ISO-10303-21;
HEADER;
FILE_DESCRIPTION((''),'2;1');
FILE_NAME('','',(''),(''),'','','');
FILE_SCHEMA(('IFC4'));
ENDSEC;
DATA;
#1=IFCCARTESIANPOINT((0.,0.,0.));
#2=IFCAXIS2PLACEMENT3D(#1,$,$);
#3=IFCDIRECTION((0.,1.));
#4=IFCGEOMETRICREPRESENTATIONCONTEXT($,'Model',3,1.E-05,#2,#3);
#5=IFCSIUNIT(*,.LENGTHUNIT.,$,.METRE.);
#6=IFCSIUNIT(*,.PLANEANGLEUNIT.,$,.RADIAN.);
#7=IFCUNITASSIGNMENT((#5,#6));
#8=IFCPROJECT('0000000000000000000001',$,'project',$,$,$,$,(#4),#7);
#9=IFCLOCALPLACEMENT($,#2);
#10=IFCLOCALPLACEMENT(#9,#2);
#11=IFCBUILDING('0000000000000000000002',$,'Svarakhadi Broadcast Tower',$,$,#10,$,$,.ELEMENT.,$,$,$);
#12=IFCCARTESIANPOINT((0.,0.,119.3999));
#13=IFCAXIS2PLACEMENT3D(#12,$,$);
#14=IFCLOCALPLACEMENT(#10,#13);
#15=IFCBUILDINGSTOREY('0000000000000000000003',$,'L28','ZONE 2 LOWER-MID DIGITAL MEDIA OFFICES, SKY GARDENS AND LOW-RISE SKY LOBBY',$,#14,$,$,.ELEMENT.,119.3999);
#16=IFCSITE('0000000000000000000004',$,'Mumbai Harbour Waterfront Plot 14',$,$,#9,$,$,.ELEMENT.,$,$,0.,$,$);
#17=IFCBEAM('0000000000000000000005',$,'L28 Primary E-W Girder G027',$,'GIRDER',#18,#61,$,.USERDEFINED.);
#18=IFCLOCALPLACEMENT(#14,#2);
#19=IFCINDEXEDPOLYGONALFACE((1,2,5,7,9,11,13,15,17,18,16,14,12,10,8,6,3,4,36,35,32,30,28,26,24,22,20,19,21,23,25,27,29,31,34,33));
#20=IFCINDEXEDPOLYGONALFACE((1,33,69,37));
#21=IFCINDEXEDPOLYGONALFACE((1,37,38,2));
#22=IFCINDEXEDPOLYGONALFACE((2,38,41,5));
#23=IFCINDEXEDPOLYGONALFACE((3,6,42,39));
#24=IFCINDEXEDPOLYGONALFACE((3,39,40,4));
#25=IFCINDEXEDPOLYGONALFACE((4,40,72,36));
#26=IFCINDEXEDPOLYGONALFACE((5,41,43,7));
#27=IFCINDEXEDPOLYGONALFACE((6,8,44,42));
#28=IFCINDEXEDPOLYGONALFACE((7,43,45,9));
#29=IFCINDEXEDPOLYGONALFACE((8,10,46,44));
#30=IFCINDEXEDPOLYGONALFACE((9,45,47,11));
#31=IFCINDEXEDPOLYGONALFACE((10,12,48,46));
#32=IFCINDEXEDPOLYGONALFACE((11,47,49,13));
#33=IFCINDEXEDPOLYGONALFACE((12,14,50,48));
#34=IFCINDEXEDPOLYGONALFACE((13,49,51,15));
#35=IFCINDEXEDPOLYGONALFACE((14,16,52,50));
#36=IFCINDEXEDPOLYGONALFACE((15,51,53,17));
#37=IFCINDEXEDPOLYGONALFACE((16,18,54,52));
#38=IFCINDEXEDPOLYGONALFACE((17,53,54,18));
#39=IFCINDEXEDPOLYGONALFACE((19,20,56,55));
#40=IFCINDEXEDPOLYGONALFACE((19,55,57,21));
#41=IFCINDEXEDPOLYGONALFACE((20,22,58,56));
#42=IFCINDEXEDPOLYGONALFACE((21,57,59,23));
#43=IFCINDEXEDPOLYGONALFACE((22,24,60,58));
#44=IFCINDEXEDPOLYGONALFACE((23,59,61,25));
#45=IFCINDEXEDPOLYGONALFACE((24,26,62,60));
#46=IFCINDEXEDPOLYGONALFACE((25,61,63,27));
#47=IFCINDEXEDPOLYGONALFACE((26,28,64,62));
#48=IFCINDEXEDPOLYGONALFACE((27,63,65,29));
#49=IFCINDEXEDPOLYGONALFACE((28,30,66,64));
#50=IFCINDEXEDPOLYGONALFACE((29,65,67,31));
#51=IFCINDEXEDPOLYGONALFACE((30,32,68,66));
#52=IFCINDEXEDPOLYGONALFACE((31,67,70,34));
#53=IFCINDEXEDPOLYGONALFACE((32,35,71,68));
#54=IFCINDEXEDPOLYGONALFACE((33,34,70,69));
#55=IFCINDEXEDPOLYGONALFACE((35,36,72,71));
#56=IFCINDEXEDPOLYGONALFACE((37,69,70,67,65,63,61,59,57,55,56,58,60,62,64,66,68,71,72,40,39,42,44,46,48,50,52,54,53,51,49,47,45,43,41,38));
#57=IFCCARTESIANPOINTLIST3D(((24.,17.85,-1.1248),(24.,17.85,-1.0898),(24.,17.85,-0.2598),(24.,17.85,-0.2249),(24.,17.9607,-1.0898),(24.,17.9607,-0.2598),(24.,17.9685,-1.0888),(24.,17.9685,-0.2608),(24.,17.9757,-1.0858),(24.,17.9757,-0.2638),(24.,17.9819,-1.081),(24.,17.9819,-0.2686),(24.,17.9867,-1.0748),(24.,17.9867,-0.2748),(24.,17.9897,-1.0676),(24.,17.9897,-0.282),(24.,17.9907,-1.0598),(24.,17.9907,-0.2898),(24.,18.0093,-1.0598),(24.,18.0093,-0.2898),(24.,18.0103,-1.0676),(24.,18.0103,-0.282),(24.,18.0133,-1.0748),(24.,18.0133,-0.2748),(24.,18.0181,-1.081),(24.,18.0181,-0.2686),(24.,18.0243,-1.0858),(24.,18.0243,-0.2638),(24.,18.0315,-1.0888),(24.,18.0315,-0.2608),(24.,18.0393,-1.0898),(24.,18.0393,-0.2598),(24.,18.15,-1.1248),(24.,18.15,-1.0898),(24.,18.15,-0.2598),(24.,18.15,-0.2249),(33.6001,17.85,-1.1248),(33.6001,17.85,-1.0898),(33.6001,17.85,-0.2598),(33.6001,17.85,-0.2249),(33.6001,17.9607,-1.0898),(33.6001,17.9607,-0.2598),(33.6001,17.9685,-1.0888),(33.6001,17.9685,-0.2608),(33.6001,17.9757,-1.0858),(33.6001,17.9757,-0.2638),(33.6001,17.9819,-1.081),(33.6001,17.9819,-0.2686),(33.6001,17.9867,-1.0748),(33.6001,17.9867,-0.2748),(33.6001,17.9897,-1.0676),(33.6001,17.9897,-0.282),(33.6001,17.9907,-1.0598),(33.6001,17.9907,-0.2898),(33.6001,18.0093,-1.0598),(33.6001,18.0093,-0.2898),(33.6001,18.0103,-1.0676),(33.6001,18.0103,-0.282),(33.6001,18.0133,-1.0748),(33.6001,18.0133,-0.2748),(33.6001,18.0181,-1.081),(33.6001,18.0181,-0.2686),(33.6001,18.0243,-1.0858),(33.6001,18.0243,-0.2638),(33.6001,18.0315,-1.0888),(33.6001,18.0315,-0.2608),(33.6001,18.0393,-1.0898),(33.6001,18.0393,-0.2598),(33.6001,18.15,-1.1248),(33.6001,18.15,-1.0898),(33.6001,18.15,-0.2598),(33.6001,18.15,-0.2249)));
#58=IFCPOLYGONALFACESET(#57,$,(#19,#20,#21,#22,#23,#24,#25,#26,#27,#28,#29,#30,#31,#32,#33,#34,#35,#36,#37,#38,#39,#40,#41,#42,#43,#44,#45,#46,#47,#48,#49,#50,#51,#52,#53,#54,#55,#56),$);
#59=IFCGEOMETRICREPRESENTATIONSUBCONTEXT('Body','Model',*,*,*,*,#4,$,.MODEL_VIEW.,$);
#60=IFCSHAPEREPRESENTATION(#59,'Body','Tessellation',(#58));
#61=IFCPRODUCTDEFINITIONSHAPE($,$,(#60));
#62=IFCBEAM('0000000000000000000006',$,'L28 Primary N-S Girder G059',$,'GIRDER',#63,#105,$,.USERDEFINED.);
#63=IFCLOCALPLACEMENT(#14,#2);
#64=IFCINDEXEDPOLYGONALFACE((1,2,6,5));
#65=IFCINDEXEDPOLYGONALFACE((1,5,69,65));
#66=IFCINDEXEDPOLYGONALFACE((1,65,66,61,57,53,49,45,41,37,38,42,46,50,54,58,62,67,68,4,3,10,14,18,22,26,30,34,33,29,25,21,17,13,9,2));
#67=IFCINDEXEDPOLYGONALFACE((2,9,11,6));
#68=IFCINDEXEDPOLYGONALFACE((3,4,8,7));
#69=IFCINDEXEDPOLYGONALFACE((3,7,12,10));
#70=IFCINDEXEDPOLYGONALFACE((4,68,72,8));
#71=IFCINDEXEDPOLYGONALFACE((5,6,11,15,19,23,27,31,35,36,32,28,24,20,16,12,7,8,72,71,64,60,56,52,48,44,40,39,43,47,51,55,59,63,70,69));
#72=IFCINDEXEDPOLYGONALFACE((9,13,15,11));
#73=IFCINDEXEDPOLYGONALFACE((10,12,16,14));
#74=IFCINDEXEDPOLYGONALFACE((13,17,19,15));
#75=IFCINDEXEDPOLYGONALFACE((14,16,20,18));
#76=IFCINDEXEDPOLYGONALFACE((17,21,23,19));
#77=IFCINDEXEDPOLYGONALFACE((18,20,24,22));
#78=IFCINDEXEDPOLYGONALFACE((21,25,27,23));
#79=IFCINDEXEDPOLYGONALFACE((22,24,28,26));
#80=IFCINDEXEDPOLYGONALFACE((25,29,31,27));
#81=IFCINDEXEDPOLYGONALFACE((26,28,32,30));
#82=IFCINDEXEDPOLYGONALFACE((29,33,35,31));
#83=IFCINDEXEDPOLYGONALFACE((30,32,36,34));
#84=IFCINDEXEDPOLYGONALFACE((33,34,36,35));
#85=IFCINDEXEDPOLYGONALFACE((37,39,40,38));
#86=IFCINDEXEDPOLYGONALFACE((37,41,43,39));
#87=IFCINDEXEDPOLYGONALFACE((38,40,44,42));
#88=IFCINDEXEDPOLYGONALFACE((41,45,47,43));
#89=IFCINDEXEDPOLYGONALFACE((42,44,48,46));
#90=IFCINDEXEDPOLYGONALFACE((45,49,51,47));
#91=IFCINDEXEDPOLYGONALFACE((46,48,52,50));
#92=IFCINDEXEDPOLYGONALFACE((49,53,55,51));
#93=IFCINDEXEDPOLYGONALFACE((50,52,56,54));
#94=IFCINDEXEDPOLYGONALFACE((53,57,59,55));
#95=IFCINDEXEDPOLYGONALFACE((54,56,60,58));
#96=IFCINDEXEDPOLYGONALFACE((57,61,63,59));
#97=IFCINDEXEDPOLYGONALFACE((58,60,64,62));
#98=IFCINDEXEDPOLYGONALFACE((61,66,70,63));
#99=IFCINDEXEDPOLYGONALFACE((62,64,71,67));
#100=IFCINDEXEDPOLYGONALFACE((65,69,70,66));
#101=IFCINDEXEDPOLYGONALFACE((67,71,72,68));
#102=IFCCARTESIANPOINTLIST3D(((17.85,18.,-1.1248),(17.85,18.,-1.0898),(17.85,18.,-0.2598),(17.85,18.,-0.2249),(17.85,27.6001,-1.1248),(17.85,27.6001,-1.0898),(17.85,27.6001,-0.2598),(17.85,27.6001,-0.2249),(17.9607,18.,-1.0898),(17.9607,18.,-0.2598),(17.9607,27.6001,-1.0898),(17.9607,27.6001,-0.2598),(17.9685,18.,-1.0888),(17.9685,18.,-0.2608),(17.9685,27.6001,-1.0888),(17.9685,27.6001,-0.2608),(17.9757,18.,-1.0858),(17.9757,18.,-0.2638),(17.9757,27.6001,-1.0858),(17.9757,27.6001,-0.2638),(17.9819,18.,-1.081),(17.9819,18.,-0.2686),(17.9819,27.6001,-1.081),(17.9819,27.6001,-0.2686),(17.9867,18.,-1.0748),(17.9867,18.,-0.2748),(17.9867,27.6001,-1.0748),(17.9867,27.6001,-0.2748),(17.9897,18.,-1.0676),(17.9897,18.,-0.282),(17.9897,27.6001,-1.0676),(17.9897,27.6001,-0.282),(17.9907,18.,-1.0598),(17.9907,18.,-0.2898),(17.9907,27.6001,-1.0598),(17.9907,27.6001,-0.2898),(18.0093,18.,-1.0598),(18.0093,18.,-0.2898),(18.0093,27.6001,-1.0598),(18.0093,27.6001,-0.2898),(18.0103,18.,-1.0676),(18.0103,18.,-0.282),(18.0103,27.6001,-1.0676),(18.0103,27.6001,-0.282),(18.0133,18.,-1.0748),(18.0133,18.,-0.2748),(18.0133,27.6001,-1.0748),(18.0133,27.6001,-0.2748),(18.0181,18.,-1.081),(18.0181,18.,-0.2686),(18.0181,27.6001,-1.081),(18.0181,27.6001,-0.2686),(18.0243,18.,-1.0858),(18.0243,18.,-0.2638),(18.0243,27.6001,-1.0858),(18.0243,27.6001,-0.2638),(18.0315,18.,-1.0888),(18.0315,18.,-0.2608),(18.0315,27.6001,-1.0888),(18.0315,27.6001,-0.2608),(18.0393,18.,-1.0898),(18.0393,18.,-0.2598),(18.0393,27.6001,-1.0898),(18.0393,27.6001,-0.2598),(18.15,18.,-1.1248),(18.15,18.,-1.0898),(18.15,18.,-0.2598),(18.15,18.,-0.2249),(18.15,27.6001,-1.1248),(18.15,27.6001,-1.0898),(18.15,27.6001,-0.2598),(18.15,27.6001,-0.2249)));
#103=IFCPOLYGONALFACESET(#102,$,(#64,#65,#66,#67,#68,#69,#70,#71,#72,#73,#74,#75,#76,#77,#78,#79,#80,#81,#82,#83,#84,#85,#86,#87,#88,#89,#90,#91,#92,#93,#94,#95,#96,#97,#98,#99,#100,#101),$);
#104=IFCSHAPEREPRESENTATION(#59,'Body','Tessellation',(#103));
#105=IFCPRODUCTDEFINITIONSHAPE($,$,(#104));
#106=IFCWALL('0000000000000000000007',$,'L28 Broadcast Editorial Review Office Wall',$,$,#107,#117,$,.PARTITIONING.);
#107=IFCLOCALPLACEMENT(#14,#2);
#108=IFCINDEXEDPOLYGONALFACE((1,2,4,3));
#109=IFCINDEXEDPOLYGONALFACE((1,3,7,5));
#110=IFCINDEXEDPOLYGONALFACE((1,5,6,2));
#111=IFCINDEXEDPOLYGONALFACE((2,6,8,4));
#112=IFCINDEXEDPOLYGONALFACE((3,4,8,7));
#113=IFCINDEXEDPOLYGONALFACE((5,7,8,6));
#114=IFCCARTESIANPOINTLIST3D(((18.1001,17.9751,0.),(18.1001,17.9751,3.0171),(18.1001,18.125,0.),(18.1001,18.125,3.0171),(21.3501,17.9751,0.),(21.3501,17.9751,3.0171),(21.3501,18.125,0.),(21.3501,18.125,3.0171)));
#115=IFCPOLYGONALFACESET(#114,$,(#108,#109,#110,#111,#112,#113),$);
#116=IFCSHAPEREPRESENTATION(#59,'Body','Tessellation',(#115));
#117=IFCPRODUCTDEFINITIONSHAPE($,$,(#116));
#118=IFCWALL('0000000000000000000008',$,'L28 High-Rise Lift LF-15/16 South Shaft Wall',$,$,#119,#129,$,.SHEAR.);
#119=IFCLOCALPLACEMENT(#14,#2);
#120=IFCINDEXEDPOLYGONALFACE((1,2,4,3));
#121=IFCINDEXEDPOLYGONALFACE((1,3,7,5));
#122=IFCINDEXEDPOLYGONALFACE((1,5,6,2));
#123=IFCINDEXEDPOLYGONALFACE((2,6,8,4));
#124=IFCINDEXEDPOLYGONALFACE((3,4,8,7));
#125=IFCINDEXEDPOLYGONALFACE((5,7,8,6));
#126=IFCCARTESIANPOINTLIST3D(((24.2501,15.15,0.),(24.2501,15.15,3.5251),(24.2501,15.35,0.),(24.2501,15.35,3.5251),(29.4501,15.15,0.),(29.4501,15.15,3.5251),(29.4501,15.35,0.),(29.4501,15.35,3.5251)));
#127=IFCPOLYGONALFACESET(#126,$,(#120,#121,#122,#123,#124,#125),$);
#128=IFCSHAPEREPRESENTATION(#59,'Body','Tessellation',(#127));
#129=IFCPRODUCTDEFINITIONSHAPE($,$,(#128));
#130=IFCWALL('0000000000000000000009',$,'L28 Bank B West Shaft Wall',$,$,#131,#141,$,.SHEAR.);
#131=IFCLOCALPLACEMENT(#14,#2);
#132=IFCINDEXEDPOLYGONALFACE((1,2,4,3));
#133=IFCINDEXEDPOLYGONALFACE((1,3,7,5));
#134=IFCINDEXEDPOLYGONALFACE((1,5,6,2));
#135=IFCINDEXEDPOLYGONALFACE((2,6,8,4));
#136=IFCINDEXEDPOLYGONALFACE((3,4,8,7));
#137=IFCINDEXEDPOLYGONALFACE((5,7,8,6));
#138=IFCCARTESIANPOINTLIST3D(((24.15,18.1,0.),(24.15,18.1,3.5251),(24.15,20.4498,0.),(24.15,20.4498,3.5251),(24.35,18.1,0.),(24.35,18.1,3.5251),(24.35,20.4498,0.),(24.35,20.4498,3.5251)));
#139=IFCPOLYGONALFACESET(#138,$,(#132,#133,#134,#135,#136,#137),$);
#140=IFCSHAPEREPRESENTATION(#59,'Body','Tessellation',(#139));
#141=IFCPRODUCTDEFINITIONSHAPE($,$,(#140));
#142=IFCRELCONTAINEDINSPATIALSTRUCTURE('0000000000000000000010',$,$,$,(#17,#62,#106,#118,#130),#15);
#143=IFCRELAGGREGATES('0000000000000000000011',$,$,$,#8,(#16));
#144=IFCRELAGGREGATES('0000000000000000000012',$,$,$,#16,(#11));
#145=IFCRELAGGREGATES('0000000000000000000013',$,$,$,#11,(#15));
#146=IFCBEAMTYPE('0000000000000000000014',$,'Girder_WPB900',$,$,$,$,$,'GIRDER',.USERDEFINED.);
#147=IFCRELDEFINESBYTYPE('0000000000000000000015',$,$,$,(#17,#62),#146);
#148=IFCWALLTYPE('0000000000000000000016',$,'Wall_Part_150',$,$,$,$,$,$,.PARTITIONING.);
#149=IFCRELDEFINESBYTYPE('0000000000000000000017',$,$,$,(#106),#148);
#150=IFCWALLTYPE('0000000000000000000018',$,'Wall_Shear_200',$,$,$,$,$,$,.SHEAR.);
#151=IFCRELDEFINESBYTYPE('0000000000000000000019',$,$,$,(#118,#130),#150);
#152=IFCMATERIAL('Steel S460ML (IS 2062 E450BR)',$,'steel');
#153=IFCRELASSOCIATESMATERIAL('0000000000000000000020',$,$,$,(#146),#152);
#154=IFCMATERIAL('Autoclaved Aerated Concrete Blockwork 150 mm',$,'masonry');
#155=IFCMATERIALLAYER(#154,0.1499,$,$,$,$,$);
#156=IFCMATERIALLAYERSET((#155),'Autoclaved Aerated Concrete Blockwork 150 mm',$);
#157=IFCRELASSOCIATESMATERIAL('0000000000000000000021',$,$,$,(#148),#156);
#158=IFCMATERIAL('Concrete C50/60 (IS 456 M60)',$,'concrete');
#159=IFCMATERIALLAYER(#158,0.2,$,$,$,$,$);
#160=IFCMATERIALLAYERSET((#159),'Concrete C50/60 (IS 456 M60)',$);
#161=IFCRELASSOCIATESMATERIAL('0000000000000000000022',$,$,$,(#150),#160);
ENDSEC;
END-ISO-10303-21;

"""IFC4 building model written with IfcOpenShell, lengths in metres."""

from ifc_helpers import new_model, si_unit, direction, frame, frame_2d, origin, origin_2d, place, context, subcontext, project, spatial, rectangle, i_section, extrude, material, layer, layer_set, material_profile, profile_set, type_object, element, save


model = new_model("IFC4")

# Units and contexts
model_context = context("Model", 3, precision=1e-05, world=origin(), true_north=direction((0.0, 1.0)))
body_context = subcontext(model_context, "Body", "Model", "MODEL_VIEW")
ifc_project = project(units=[si_unit("LENGTHUNIT", "METRE"), si_unit("PLANEANGLEUNIT", "RADIAN")], contexts=[model_context])

# Site, building, storey
site_placement = place(None, origin())
site = spatial("IfcSite", under=ifc_project, at=site_placement, Name="Mumbai Harbour Waterfront Plot 14", CompositionType="ELEMENT", RefElevation=0.0)
building_placement = place(site_placement, origin())
building = spatial("IfcBuilding", under=site, at=building_placement, Name="Svarakhadi Broadcast Tower", CompositionType="ELEMENT")
storey_placement = place(building_placement, frame((0.0, 0.0, 119.3999)))
storey = spatial("IfcBuildingStorey", under=building, at=storey_placement, Name="L28", Description="ZONE 2 LOWER-MID DIGITAL MEDIA OFFICES, SKY GARDENS AND LOW-RISE SKY LOBBY", CompositionType="ELEMENT", Elevation=119.3999)

# Shared definitions
ifc_material_1 = material(Name="Concrete C50/60 (IS 456 M60)", Category="concrete")

# Beams
ifc_material_2 = material(Name="Steel S460ML (IS 2062 E450BR)", Category="steel")
ifc_material_profile_1 = material_profile(ifc_material_2, i_section(OverallWidth=0.3, OverallDepth=0.8999, WebThickness=0.0186, FlangeThickness=0.0349, FilletRadius=0.03, at=origin_2d()), Name="WPB 900x300x291")
ifc_profile_set_1 = profile_set([ifc_material_profile_1], Name="Steel S460ML (IS 2062 E450BR)")
beam_type_1 = type_object("IfcBeamType", Name="Girder_WPB900", ElementType="GIRDER", PredefinedType="USERDEFINED", material=ifc_profile_set_1)
for number, where, z_axis, x_axis, name in (
    (1, (24.0, 18.0, -0.6748), (1.0, 0.0, 0.0), (0.0, 1.0, 0.0), "L28 Primary E-W Girder G027"),
    (2, (18.0, 18.0, -0.6748), (0.0, 1.0, 0.0), (-1.0, 0.0, 0.0), "L28 Primary N-S Girder G059"),
):
    element("IfcBeam", number, at=place(storey_placement, frame(where, z_axis=z_axis, x_axis=x_axis)), inside=storey, type_object=beam_type_1, Name=name, ObjectType="GIRDER", PredefinedType="USERDEFINED", context=body_context, shape_type="SweptSolid", body=[
        extrude(i_section(OverallWidth=0.3, OverallDepth=0.8999, WebThickness=0.0186, FlangeThickness=0.0349, FilletRadius=0.03, at=origin_2d()), origin(), (0.0, 0.0, 1.0), 9.6001),
    ])

# Wall
ifc_material_3 = material(Name="Autoclaved Aerated Concrete Blockwork 150 mm", Category="masonry")
ifc_layer_1 = layer(ifc_material_3, 0.1499)
ifc_layer_set_1 = layer_set([ifc_layer_1], Name="Autoclaved Aerated Concrete Blockwork 150 mm")
wall_type_1 = type_object("IfcWallType", Name="Wall_Part_150", PredefinedType="PARTITIONING", material=ifc_layer_set_1)
wall_1_placement = place(storey_placement, frame((18.1001, 18.05, 0.0), z_axis=(0.0, 0.0, 1.0), x_axis=(1.0, 0.0, 0.0)))
element("IfcWall", 3, at=wall_1_placement, inside=storey, type_object=wall_type_1, Name="L28 Broadcast Editorial Review Office Wall", PredefinedType="PARTITIONING", context=body_context, shape_type="SweptSolid", body=[
    extrude(rectangle(XDim=3.25, YDim=0.1499, at=frame_2d((1.625, 0.0))), origin(), (0.0, 0.0, 1.0), 3.0171),
])

# Shared definitions
ifc_layer_2 = layer(ifc_material_1, 0.2)
ifc_layer_set_2 = layer_set([ifc_layer_2], Name="Concrete C50/60 (IS 456 M60)")
wall_type_2 = type_object("IfcWallType", Name="Wall_Shear_200", PredefinedType="SHEAR", material=ifc_layer_set_2)

# Walls
wall_2_placement = place(storey_placement, frame((24.25, 15.25, 0.0), z_axis=(0.0, 0.0, 1.0), x_axis=(1.0, 0.0, 0.0)))
element("IfcWall", 4, at=wall_2_placement, inside=storey, type_object=wall_type_2, Name="L28 High-Rise Lift LF-15/16 South Shaft Wall", PredefinedType="SHEAR", context=body_context, shape_type="SweptSolid", body=[
    extrude(rectangle(XDim=5.2, YDim=0.2, at=frame_2d((2.6001, 0.0))), origin(), (0.0, 0.0, 1.0), 3.5251),
])
wall_3_placement = place(storey_placement, frame((24.25, 18.1001, 0.0), z_axis=(0.0, 0.0, 1.0), x_axis=(0.0, 1.0, 0.0)))
element("IfcWall", 5, at=wall_3_placement, inside=storey, type_object=wall_type_2, Name="L28 Bank B West Shaft Wall", PredefinedType="SHEAR", context=body_context, shape_type="SweptSolid", body=[
    extrude(rectangle(XDim=2.3499, YDim=0.2, at=frame_2d((1.1748, 0.0))), origin(), (0.0, 0.0, 1.0), 3.5251),
])

save(model, "model.ifc")
